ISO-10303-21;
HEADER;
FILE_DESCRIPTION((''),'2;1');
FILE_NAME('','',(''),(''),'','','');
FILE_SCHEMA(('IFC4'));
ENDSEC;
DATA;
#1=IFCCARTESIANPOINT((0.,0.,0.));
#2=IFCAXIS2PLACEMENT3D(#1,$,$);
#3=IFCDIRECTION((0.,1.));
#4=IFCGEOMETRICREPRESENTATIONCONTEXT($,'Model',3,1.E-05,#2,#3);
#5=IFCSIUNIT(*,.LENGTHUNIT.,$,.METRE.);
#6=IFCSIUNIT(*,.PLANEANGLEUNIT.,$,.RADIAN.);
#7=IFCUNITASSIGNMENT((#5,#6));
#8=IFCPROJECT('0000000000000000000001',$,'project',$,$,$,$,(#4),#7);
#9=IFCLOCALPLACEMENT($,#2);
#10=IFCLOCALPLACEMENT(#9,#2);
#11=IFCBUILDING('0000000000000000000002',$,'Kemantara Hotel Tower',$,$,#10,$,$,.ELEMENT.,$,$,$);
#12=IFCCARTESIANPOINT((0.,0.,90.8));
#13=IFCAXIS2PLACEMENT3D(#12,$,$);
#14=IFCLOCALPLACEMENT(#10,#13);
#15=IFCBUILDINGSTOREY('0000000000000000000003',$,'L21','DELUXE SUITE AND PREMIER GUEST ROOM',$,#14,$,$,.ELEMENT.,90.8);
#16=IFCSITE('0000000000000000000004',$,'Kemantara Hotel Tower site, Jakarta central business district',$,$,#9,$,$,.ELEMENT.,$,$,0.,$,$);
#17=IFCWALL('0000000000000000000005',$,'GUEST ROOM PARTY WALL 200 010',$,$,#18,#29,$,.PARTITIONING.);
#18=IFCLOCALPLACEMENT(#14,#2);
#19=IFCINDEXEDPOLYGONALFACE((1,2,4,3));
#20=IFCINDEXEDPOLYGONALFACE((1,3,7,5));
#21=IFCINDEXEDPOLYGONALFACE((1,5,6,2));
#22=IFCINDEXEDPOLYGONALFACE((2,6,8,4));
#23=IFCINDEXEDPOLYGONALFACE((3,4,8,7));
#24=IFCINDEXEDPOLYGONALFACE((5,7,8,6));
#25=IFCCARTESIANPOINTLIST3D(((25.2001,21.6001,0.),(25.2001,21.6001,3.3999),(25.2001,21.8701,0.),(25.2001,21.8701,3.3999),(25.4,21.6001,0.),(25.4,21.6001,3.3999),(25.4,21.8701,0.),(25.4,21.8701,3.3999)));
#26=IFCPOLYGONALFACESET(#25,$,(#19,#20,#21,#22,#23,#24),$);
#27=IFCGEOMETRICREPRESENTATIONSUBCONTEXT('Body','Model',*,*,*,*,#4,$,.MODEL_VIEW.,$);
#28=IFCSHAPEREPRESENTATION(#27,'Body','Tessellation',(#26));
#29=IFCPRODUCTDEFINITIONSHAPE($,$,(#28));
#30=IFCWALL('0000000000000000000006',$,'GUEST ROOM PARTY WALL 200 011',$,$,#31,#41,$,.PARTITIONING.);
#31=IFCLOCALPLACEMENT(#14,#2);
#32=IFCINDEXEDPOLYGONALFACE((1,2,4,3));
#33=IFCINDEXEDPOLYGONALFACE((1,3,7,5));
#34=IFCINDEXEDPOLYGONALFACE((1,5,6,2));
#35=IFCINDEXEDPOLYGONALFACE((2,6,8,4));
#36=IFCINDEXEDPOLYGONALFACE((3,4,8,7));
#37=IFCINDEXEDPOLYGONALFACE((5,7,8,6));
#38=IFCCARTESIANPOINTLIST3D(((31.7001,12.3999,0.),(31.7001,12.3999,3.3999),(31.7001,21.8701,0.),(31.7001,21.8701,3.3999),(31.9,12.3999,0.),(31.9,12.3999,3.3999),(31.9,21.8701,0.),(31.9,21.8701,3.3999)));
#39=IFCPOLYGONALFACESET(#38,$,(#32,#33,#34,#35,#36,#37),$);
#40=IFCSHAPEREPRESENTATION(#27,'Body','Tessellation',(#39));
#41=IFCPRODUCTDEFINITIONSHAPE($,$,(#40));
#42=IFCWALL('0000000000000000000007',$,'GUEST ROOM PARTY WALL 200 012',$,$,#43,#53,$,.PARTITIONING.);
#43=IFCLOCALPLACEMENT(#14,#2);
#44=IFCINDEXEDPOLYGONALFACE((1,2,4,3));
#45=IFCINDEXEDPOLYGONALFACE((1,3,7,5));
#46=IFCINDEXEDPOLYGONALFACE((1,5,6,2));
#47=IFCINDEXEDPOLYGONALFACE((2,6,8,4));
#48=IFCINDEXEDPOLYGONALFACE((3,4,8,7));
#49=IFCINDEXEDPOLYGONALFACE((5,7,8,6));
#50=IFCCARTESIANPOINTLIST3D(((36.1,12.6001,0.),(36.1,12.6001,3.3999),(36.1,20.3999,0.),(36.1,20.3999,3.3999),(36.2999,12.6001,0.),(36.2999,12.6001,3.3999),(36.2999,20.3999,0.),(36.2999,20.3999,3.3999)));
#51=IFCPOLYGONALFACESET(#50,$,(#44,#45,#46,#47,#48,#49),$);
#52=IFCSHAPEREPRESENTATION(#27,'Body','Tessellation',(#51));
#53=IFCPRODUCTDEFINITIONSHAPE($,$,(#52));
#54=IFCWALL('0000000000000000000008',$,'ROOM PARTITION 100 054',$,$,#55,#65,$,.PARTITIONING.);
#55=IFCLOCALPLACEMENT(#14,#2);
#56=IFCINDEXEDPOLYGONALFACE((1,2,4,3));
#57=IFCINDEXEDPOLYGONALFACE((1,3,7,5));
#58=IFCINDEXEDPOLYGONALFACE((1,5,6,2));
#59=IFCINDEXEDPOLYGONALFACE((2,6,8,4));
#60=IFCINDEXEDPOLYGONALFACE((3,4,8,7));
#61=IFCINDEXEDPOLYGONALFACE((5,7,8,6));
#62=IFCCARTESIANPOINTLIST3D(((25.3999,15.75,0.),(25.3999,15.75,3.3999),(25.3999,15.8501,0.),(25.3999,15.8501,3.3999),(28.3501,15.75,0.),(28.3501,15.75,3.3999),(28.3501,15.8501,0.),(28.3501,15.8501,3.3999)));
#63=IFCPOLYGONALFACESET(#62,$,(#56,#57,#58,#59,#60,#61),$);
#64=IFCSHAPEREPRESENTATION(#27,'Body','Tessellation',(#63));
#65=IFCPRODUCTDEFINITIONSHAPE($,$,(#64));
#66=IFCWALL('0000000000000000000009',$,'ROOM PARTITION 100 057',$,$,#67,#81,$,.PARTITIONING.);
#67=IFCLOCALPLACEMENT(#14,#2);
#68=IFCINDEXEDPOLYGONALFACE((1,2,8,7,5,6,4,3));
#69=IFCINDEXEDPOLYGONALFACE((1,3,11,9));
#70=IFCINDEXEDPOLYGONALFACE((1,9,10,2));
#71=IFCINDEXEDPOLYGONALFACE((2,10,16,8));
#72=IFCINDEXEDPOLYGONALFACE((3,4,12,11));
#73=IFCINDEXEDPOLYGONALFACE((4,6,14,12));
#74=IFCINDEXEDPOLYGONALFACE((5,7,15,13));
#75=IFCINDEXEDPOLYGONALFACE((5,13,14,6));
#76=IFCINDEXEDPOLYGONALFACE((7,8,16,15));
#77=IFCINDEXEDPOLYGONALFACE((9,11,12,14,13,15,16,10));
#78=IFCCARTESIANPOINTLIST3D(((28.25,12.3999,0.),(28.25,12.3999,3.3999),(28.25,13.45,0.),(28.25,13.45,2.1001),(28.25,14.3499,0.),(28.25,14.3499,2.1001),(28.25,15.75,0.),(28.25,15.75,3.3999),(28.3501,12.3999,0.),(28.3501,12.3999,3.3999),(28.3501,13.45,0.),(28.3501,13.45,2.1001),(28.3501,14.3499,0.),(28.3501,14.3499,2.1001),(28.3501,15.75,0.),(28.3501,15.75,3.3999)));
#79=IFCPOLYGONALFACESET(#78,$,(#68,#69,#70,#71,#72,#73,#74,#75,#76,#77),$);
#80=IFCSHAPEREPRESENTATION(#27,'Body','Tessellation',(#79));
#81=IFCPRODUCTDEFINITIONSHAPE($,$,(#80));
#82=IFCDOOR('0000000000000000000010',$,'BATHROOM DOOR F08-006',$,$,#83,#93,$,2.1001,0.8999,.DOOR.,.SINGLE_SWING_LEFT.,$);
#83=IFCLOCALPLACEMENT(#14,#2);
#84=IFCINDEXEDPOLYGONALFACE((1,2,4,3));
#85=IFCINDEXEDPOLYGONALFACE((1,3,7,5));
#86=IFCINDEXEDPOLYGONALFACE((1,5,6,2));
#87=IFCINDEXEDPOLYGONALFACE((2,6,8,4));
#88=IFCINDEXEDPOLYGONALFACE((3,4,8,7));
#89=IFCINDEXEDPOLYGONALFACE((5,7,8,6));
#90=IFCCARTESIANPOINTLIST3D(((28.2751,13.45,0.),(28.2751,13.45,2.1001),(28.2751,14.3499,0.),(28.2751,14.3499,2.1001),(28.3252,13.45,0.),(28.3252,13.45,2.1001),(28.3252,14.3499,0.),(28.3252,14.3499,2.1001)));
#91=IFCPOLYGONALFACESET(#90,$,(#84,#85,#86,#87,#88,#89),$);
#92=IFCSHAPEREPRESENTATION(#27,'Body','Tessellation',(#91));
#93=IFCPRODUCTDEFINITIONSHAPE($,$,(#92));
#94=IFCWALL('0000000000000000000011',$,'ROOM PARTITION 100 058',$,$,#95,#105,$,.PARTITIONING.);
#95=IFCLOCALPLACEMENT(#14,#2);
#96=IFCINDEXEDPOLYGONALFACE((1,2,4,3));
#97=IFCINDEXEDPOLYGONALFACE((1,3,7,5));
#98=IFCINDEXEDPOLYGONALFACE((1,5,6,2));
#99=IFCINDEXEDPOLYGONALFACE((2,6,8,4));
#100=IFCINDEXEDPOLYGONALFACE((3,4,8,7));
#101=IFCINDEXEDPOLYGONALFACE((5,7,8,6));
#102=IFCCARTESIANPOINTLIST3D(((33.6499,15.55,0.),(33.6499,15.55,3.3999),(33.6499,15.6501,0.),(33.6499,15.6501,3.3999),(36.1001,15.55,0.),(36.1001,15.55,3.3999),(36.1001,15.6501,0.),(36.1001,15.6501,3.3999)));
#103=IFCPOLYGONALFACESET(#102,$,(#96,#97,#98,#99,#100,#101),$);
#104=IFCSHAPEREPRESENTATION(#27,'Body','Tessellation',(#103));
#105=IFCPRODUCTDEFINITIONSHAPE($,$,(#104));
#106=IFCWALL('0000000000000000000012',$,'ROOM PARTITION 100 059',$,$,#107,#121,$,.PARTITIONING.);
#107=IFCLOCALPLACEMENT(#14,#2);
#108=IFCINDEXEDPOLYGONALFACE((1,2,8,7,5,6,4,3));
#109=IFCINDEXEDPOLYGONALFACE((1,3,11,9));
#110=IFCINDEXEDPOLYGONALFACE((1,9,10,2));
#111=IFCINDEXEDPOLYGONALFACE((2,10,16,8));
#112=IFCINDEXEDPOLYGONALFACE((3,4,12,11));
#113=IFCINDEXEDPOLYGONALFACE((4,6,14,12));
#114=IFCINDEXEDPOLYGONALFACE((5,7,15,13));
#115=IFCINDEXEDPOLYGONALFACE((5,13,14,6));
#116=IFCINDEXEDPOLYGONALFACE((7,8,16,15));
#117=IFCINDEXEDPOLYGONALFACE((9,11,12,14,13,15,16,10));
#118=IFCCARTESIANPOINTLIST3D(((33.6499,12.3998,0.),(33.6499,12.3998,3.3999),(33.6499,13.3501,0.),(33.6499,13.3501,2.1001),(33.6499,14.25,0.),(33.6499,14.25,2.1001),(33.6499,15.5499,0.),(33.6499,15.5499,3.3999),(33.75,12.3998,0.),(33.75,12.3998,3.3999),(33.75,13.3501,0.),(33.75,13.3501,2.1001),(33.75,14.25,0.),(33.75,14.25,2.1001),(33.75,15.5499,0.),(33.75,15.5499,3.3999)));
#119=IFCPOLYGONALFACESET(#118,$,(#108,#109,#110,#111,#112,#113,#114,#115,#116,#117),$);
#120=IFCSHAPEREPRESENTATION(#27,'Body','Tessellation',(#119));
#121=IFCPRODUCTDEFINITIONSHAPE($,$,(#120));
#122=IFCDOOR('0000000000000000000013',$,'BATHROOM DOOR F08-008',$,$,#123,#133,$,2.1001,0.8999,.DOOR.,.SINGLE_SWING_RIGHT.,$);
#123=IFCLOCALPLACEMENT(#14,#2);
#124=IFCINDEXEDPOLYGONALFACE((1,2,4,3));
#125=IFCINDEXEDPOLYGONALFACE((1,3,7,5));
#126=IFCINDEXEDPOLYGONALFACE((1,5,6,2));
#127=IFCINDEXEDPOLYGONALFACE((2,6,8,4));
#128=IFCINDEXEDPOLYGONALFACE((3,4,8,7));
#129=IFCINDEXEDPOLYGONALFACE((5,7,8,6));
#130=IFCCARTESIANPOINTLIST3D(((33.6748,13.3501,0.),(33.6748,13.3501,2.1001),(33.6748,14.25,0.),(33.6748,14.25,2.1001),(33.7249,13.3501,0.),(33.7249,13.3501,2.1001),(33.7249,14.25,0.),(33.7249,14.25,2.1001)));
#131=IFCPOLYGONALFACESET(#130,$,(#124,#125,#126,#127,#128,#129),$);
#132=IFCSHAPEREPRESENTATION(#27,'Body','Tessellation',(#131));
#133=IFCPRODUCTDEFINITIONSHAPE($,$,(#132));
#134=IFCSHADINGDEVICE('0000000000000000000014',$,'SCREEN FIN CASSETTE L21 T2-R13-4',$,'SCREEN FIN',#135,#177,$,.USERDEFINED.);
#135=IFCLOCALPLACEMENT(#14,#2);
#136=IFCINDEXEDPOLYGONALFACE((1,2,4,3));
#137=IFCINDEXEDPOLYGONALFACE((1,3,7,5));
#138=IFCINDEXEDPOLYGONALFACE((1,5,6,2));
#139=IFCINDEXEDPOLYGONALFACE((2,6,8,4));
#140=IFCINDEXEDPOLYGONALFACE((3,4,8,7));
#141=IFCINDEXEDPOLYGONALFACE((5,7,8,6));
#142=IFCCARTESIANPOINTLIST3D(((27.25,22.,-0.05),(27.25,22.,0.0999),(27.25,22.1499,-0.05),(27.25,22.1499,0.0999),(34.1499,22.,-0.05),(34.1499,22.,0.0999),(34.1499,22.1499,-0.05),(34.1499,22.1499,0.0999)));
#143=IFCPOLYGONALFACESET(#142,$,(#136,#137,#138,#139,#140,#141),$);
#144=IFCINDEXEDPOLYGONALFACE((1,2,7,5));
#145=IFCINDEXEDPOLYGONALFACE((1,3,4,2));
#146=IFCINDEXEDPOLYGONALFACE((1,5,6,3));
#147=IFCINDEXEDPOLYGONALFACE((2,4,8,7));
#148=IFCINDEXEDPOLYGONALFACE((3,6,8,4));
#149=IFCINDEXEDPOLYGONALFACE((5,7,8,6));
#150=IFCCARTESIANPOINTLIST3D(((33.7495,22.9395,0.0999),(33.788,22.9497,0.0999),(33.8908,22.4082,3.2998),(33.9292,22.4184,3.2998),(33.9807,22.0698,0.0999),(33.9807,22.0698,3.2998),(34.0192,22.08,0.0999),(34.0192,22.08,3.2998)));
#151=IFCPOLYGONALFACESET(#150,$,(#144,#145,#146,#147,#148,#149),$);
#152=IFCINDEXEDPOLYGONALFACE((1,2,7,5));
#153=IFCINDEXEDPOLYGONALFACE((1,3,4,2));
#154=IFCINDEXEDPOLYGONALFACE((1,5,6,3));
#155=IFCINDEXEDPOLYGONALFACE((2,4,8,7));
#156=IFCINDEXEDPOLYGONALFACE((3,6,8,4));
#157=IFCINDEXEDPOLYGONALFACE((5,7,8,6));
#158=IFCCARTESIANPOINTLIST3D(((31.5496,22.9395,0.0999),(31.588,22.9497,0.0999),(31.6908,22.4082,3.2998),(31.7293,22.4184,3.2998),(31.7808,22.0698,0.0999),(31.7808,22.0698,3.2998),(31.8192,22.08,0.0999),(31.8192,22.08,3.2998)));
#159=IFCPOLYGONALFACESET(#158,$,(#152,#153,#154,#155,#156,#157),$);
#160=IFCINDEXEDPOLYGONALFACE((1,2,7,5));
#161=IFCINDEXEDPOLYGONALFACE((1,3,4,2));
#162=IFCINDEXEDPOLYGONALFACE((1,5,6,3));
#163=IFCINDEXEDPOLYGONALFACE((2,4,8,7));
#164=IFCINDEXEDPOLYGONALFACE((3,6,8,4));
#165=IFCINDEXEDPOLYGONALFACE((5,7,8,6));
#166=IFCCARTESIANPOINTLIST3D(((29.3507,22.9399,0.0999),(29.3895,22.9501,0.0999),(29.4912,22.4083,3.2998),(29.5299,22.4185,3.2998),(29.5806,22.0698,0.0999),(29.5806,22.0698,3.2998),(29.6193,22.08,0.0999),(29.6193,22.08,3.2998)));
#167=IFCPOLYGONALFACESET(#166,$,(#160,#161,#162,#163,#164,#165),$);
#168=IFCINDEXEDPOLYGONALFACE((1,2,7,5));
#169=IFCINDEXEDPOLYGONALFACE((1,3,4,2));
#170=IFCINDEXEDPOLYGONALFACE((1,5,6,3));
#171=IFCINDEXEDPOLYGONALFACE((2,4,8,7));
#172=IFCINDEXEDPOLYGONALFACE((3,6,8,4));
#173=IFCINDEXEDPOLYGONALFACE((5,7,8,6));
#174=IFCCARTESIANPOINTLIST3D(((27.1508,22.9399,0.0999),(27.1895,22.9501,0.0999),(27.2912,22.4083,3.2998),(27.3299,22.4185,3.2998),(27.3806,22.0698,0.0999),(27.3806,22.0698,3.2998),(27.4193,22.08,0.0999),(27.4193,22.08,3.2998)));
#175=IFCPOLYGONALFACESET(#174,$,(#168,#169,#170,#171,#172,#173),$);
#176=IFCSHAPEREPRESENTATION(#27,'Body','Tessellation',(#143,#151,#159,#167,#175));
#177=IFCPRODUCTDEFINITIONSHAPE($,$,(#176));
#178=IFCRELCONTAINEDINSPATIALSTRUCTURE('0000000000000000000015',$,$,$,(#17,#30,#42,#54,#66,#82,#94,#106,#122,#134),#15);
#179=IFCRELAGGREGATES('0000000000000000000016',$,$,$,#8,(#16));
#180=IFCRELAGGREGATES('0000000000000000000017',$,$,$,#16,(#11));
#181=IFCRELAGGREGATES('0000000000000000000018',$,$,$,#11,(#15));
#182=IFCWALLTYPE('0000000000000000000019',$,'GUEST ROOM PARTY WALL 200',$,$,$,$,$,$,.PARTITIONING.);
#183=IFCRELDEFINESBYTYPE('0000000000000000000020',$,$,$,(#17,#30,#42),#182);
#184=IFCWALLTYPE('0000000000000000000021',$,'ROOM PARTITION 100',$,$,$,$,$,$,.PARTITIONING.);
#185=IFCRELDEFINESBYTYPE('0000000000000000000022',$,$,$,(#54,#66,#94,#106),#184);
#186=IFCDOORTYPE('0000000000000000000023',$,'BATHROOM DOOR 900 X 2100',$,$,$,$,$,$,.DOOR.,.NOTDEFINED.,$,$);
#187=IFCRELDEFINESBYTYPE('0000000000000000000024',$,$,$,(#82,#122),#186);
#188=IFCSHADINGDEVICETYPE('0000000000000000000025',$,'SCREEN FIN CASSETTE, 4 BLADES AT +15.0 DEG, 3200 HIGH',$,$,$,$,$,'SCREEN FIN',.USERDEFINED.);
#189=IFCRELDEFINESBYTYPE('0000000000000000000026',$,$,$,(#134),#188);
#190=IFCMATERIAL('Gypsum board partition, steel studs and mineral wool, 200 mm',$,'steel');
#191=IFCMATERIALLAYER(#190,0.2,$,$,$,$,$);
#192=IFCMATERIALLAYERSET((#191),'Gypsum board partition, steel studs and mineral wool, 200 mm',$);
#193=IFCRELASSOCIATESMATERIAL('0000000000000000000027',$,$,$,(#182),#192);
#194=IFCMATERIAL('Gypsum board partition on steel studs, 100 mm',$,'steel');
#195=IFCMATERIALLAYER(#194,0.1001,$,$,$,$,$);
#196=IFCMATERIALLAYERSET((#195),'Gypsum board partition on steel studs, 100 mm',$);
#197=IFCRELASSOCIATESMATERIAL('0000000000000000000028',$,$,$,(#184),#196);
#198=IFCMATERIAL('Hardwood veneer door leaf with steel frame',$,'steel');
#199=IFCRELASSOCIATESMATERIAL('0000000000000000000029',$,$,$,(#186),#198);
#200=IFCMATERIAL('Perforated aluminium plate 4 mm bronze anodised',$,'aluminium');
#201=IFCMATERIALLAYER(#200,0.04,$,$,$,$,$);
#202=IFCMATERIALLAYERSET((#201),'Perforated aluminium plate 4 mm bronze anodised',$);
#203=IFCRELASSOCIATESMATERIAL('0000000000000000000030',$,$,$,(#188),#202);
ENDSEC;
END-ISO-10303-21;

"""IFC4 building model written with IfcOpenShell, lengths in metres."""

from ifc_helpers import new_model, si_unit, direction, frame, frame_2d, origin, origin_2d, place, context, subcontext, project, spatial, polyline, rectangle, outline, extrude, source, transform, mapped, material, layer, layer_set, type_object, element, fill, save


model = new_model("IFC4")

# Units and contexts
model_context = context("Model", 3, precision=1e-05, world=origin(), true_north=direction((0.0, 1.0)))
body_context = subcontext(model_context, "Body", "Model", "MODEL_VIEW")
ifc_project = project(units=[si_unit("LENGTHUNIT", "METRE"), si_unit("PLANEANGLEUNIT", "RADIAN")], contexts=[model_context])

# Site, building, storey
site_placement = place(None, origin())
site = spatial("IfcSite", under=ifc_project, at=site_placement, Name="Kemantara Hotel Tower site, Jakarta central business district", CompositionType="ELEMENT", RefElevation=0.0)
building_placement = place(site_placement, origin())
building = spatial("IfcBuilding", under=site, at=building_placement, Name="Kemantara Hotel Tower", CompositionType="ELEMENT")
storey_placement = place(building_placement, frame((0.0, 0.0, 90.8)))
storey = spatial("IfcBuildingStorey", under=building, at=storey_placement, Name="L21", Description="DELUXE SUITE AND PREMIER GUEST ROOM", CompositionType="ELEMENT", Elevation=90.8)

# Walls
ifc_material_1 = material(Name="Gypsum board partition, steel studs and mineral wool, 200 mm", Category="steel")
ifc_layer_1 = layer(ifc_material_1, 0.2)
ifc_layer_set_1 = layer_set([ifc_layer_1], Name="Gypsum board partition, steel studs and mineral wool, 200 mm")
wall_type_1 = type_object("IfcWallType", Name="GUEST ROOM PARTY WALL 200", PredefinedType="PARTITIONING", material=ifc_layer_set_1)
wall_1_placement = place(storey_placement, frame((25.3, 21.6001, 0.0), z_axis=(0.0, 0.0, 1.0), x_axis=(0.0, 1.0, 0.0)))
element("IfcWall", 1, at=wall_1_placement, inside=storey, type_object=wall_type_1, Name="GUEST ROOM PARTY WALL 200 010", PredefinedType="PARTITIONING", context=body_context, shape_type="SweptSolid", body=[
    extrude(rectangle(XDim=0.27, YDim=0.2, at=frame_2d((0.135, 0.0))), origin(), (0.0, 0.0, 1.0), 3.3999),
])
wall_2_placement = place(storey_placement, frame((31.8, 12.3999, 0.0), z_axis=(0.0, 0.0, 1.0), x_axis=(0.0, 1.0, 0.0)))
element("IfcWall", 2, at=wall_2_placement, inside=storey, type_object=wall_type_1, Name="GUEST ROOM PARTY WALL 200 011", PredefinedType="PARTITIONING", context=body_context, shape_type="SweptSolid", body=[
    extrude(rectangle(XDim=9.4702, YDim=0.2, at=frame_2d((4.7351, 0.0))), origin(), (0.0, 0.0, 1.0), 3.3999),
])
wall_3_placement = place(storey_placement, frame((36.2, 12.6001, 0.0), z_axis=(0.0, 0.0, 1.0), x_axis=(0.0, 1.0, 0.0)))
element("IfcWall", 3, at=wall_3_placement, inside=storey, type_object=wall_type_1, Name="GUEST ROOM PARTY WALL 200 012", PredefinedType="PARTITIONING", context=body_context, shape_type="SweptSolid", body=[
    extrude(rectangle(XDim=7.7998, YDim=0.2, at=frame_2d((3.8999, 0.0))), origin(), (0.0, 0.0, 1.0), 3.3999),
])
ifc_material_2 = material(Name="Gypsum board partition on steel studs, 100 mm", Category="steel")
ifc_layer_2 = layer(ifc_material_2, 0.1001)
ifc_layer_set_2 = layer_set([ifc_layer_2], Name="Gypsum board partition on steel studs, 100 mm")
wall_type_2 = type_object("IfcWallType", Name="ROOM PARTITION 100", PredefinedType="PARTITIONING", material=ifc_layer_set_2)
wall_4_placement = place(storey_placement, frame((25.3999, 15.8, 0.0), z_axis=(0.0, 0.0, 1.0), x_axis=(1.0, 0.0, 0.0)))
element("IfcWall", 4, at=wall_4_placement, inside=storey, type_object=wall_type_2, Name="ROOM PARTITION 100 054", PredefinedType="PARTITIONING", context=body_context, shape_type="SweptSolid", body=[
    extrude(rectangle(XDim=2.9502, YDim=0.1001, at=frame_2d((1.4751, 0.0))), origin(), (0.0, 0.0, 1.0), 3.3999),
])

# Wall, opening, door
wall_5_placement = place(storey_placement, frame((28.3, 12.3999, 0.0), z_axis=(0.0, 0.0, 1.0), x_axis=(0.0, 1.0, 0.0)))
wall_5 = element("IfcWall", 5, at=wall_5_placement, inside=storey, type_object=wall_type_2, Name="ROOM PARTITION 100 057", PredefinedType="PARTITIONING", context=body_context, shape_type="SweptSolid", body=[
    extrude(rectangle(XDim=3.3501, YDim=0.1001, at=frame_2d((1.675, 0.0))), origin(), (0.0, 0.0, 1.0), 3.3999),
])
opening_1_placement = place(wall_5_placement, frame((1.05, 0.0, 0.0)))
opening_1 = element("IfcOpeningElement", 6, at=opening_1_placement, cuts=wall_5, PredefinedType="OPENING", context=body_context, shape_type="SweptSolid", body=[
    extrude(rectangle(XDim=0.8999, YDim=2.1001, at=frame_2d((0.45, 1.05))), frame((0.0, 0.0601, 0.0), z_axis=(0.0, -1.0, 0.0), x_axis=(1.0, 0.0, 0.0)), (0.0, 0.0, 1.0), 0.1201),
])
ifc_material_3 = material(Name="Hardwood veneer door leaf with steel frame", Category="steel")
door_type = type_object("IfcDoorType", Name="BATHROOM DOOR 900 X 2100", OperationType="NOTDEFINED", PredefinedType="DOOR", material=ifc_material_3)
door_1_placement = place(opening_1_placement, origin())
door_1 = element("IfcDoor", 7, at=door_1_placement, inside=storey, type_object=door_type, Name="BATHROOM DOOR F08-006", OperationType="SINGLE_SWING_LEFT", OverallHeight=2.1001, OverallWidth=0.8999, PredefinedType="DOOR", context=body_context, shape_type="SweptSolid", body=[
    extrude(rectangle(XDim=0.8999, YDim=2.1001, at=frame_2d((0.45, 1.05))), frame((0.0, 0.0249, 0.0), z_axis=(0.0, -1.0, 0.0), x_axis=(1.0, 0.0, 0.0)), (0.0, 0.0, 1.0), 0.05),
])
fill(opening_1, door_1)

# Wall
wall_6_placement = place(storey_placement, frame((33.6499, 15.6001, 0.0), z_axis=(0.0, 0.0, 1.0), x_axis=(1.0, 0.0, 0.0)))
element("IfcWall", 8, at=wall_6_placement, inside=storey, type_object=wall_type_2, Name="ROOM PARTITION 100 058", PredefinedType="PARTITIONING", context=body_context, shape_type="SweptSolid", body=[
    extrude(rectangle(XDim=2.4502, YDim=0.1001, at=frame_2d((1.2251, 0.0))), origin(), (0.0, 0.0, 1.0), 3.3999),
])

# Wall, opening, door
wall_7_placement = place(storey_placement, frame((33.7, 15.55, 0.0), z_axis=(0.0, 0.0, 1.0), x_axis=(0.0, -1.0, 0.0)))
wall_7 = element("IfcWall", 9, at=wall_7_placement, inside=storey, type_object=wall_type_2, Name="ROOM PARTITION 100 059", PredefinedType="PARTITIONING", context=body_context, shape_type="SweptSolid", body=[
    extrude(rectangle(XDim=3.1501, YDim=0.1001, at=frame_2d((1.5752, 0.0))), origin(), (0.0, 0.0, 1.0), 3.3999),
])
opening_2_placement = place(wall_7_placement, frame((1.3, 0.0, 0.0)))
opening_2 = element("IfcOpeningElement", 10, at=opening_2_placement, cuts=wall_7, PredefinedType="OPENING", context=body_context, shape_type="SweptSolid", body=[
    extrude(rectangle(XDim=0.8999, YDim=2.1001, at=frame_2d((0.45, 1.05))), frame((0.0, 0.0601, 0.0), z_axis=(0.0, -1.0, 0.0), x_axis=(1.0, 0.0, 0.0)), (0.0, 0.0, 1.0), 0.1201),
])
door_2_placement = place(opening_2_placement, origin())
door_2 = element("IfcDoor", 11, at=door_2_placement, inside=storey, type_object=door_type, Name="BATHROOM DOOR F08-008", OperationType="SINGLE_SWING_RIGHT", OverallHeight=2.1001, OverallWidth=0.8999, PredefinedType="DOOR", context=body_context, shape_type="SweptSolid", body=[
    extrude(rectangle(XDim=0.8999, YDim=2.1001, at=frame_2d((0.45, 1.05))), frame((0.0, 0.0249, 0.0), z_axis=(0.0, -1.0, 0.0), x_axis=(1.0, 0.0, 0.0)), (0.0, 0.0, 1.0), 0.05),
])
fill(opening_2, door_2)

# Shading device
ifc_material_4 = material(Name="Perforated aluminium plate 4 mm bronze anodised", Category="aluminium")
ifc_layer_3 = layer(ifc_material_4, 0.04)
ifc_layer_set_3 = layer_set([ifc_layer_3], Name="Perforated aluminium plate 4 mm bronze anodised")
shading_device_type_1 = type_object("IfcShadingDeviceType", Name="SCREEN FIN CASSETTE, 4 BLADES AT +15.0 DEG, 3200 HIGH", ElementType="SCREEN FIN", PredefinedType="USERDEFINED", material=ifc_layer_set_3)
shared_shape_1 = source(origin(), body_context, "Body", "SweptSolid", [
    extrude(rectangle(XDim=6.8999, YDim=0.1499, at=origin_2d()), frame((3.3, -0.075, -0.1499), z_axis=(0.0, 0.0, 1.0), x_axis=(1.0, 0.0, 0.0)), (0.0, 0.0, 1.0), 0.1499),
    extrude(outline(polyline([(0.0, 0.0), (0.8999, 0.0), (0.3501, 3.2), (0.0, 3.2), (0.0, 0.0)])), frame((0.0193, -0.0698, 0.0), z_axis=(-0.966438, -0.256901, 0.0), x_axis=(0.256901, -0.966438, 0.0)), (0.0, 0.0, 1.0), 0.0398),
    extrude(outline(polyline([(0.0, 0.0), (0.8999, 0.0), (0.3501, 3.2), (0.0, 3.2), (0.0, 0.0)])), frame((2.2192, -0.0698, 0.0), z_axis=(-0.966438, -0.256901, 0.0), x_axis=(0.256901, -0.966438, 0.0)), (0.0, 0.0, 1.0), 0.0398),
    extrude(outline(polyline([(0.0, 0.0), (0.8999, 0.0), (0.3501, 3.2), (0.0, 3.2), (0.0, 0.0)])), frame((4.4194, -0.0698, 0.0), z_axis=(-0.966838, -0.255391, 0.0), x_axis=(0.255391, -0.966838, 0.0)), (0.0, 0.0, 1.0), 0.04),
    extrude(outline(polyline([(0.0, 0.0), (0.8999, 0.0), (0.3501, 3.2), (0.0, 3.2), (0.0, 0.0)])), frame((6.6194, -0.0698, 0.0), z_axis=(-0.966838, -0.255391, 0.0), x_axis=(0.255391, -0.966838, 0.0)), (0.0, 0.0, 1.0), 0.04),
])
shading_device_1_placement = place(storey_placement, frame((34.0, 22.0, 0.0999), z_axis=(0.0, 0.0, 1.0), x_axis=(-1.0, 0.0, 0.0)))
element("IfcShadingDevice", 12, at=shading_device_1_placement, inside=storey, type_object=shading_device_type_1, Name="SCREEN FIN CASSETTE L21 T2-R13-4", ObjectType="SCREEN FIN", PredefinedType="USERDEFINED", context=body_context, shape_type="MappedRepresentation", body=[
    mapped(shared_shape_1, transform((0.0, 0.0, 0.0))),
])

save(model, "model.ifc")
